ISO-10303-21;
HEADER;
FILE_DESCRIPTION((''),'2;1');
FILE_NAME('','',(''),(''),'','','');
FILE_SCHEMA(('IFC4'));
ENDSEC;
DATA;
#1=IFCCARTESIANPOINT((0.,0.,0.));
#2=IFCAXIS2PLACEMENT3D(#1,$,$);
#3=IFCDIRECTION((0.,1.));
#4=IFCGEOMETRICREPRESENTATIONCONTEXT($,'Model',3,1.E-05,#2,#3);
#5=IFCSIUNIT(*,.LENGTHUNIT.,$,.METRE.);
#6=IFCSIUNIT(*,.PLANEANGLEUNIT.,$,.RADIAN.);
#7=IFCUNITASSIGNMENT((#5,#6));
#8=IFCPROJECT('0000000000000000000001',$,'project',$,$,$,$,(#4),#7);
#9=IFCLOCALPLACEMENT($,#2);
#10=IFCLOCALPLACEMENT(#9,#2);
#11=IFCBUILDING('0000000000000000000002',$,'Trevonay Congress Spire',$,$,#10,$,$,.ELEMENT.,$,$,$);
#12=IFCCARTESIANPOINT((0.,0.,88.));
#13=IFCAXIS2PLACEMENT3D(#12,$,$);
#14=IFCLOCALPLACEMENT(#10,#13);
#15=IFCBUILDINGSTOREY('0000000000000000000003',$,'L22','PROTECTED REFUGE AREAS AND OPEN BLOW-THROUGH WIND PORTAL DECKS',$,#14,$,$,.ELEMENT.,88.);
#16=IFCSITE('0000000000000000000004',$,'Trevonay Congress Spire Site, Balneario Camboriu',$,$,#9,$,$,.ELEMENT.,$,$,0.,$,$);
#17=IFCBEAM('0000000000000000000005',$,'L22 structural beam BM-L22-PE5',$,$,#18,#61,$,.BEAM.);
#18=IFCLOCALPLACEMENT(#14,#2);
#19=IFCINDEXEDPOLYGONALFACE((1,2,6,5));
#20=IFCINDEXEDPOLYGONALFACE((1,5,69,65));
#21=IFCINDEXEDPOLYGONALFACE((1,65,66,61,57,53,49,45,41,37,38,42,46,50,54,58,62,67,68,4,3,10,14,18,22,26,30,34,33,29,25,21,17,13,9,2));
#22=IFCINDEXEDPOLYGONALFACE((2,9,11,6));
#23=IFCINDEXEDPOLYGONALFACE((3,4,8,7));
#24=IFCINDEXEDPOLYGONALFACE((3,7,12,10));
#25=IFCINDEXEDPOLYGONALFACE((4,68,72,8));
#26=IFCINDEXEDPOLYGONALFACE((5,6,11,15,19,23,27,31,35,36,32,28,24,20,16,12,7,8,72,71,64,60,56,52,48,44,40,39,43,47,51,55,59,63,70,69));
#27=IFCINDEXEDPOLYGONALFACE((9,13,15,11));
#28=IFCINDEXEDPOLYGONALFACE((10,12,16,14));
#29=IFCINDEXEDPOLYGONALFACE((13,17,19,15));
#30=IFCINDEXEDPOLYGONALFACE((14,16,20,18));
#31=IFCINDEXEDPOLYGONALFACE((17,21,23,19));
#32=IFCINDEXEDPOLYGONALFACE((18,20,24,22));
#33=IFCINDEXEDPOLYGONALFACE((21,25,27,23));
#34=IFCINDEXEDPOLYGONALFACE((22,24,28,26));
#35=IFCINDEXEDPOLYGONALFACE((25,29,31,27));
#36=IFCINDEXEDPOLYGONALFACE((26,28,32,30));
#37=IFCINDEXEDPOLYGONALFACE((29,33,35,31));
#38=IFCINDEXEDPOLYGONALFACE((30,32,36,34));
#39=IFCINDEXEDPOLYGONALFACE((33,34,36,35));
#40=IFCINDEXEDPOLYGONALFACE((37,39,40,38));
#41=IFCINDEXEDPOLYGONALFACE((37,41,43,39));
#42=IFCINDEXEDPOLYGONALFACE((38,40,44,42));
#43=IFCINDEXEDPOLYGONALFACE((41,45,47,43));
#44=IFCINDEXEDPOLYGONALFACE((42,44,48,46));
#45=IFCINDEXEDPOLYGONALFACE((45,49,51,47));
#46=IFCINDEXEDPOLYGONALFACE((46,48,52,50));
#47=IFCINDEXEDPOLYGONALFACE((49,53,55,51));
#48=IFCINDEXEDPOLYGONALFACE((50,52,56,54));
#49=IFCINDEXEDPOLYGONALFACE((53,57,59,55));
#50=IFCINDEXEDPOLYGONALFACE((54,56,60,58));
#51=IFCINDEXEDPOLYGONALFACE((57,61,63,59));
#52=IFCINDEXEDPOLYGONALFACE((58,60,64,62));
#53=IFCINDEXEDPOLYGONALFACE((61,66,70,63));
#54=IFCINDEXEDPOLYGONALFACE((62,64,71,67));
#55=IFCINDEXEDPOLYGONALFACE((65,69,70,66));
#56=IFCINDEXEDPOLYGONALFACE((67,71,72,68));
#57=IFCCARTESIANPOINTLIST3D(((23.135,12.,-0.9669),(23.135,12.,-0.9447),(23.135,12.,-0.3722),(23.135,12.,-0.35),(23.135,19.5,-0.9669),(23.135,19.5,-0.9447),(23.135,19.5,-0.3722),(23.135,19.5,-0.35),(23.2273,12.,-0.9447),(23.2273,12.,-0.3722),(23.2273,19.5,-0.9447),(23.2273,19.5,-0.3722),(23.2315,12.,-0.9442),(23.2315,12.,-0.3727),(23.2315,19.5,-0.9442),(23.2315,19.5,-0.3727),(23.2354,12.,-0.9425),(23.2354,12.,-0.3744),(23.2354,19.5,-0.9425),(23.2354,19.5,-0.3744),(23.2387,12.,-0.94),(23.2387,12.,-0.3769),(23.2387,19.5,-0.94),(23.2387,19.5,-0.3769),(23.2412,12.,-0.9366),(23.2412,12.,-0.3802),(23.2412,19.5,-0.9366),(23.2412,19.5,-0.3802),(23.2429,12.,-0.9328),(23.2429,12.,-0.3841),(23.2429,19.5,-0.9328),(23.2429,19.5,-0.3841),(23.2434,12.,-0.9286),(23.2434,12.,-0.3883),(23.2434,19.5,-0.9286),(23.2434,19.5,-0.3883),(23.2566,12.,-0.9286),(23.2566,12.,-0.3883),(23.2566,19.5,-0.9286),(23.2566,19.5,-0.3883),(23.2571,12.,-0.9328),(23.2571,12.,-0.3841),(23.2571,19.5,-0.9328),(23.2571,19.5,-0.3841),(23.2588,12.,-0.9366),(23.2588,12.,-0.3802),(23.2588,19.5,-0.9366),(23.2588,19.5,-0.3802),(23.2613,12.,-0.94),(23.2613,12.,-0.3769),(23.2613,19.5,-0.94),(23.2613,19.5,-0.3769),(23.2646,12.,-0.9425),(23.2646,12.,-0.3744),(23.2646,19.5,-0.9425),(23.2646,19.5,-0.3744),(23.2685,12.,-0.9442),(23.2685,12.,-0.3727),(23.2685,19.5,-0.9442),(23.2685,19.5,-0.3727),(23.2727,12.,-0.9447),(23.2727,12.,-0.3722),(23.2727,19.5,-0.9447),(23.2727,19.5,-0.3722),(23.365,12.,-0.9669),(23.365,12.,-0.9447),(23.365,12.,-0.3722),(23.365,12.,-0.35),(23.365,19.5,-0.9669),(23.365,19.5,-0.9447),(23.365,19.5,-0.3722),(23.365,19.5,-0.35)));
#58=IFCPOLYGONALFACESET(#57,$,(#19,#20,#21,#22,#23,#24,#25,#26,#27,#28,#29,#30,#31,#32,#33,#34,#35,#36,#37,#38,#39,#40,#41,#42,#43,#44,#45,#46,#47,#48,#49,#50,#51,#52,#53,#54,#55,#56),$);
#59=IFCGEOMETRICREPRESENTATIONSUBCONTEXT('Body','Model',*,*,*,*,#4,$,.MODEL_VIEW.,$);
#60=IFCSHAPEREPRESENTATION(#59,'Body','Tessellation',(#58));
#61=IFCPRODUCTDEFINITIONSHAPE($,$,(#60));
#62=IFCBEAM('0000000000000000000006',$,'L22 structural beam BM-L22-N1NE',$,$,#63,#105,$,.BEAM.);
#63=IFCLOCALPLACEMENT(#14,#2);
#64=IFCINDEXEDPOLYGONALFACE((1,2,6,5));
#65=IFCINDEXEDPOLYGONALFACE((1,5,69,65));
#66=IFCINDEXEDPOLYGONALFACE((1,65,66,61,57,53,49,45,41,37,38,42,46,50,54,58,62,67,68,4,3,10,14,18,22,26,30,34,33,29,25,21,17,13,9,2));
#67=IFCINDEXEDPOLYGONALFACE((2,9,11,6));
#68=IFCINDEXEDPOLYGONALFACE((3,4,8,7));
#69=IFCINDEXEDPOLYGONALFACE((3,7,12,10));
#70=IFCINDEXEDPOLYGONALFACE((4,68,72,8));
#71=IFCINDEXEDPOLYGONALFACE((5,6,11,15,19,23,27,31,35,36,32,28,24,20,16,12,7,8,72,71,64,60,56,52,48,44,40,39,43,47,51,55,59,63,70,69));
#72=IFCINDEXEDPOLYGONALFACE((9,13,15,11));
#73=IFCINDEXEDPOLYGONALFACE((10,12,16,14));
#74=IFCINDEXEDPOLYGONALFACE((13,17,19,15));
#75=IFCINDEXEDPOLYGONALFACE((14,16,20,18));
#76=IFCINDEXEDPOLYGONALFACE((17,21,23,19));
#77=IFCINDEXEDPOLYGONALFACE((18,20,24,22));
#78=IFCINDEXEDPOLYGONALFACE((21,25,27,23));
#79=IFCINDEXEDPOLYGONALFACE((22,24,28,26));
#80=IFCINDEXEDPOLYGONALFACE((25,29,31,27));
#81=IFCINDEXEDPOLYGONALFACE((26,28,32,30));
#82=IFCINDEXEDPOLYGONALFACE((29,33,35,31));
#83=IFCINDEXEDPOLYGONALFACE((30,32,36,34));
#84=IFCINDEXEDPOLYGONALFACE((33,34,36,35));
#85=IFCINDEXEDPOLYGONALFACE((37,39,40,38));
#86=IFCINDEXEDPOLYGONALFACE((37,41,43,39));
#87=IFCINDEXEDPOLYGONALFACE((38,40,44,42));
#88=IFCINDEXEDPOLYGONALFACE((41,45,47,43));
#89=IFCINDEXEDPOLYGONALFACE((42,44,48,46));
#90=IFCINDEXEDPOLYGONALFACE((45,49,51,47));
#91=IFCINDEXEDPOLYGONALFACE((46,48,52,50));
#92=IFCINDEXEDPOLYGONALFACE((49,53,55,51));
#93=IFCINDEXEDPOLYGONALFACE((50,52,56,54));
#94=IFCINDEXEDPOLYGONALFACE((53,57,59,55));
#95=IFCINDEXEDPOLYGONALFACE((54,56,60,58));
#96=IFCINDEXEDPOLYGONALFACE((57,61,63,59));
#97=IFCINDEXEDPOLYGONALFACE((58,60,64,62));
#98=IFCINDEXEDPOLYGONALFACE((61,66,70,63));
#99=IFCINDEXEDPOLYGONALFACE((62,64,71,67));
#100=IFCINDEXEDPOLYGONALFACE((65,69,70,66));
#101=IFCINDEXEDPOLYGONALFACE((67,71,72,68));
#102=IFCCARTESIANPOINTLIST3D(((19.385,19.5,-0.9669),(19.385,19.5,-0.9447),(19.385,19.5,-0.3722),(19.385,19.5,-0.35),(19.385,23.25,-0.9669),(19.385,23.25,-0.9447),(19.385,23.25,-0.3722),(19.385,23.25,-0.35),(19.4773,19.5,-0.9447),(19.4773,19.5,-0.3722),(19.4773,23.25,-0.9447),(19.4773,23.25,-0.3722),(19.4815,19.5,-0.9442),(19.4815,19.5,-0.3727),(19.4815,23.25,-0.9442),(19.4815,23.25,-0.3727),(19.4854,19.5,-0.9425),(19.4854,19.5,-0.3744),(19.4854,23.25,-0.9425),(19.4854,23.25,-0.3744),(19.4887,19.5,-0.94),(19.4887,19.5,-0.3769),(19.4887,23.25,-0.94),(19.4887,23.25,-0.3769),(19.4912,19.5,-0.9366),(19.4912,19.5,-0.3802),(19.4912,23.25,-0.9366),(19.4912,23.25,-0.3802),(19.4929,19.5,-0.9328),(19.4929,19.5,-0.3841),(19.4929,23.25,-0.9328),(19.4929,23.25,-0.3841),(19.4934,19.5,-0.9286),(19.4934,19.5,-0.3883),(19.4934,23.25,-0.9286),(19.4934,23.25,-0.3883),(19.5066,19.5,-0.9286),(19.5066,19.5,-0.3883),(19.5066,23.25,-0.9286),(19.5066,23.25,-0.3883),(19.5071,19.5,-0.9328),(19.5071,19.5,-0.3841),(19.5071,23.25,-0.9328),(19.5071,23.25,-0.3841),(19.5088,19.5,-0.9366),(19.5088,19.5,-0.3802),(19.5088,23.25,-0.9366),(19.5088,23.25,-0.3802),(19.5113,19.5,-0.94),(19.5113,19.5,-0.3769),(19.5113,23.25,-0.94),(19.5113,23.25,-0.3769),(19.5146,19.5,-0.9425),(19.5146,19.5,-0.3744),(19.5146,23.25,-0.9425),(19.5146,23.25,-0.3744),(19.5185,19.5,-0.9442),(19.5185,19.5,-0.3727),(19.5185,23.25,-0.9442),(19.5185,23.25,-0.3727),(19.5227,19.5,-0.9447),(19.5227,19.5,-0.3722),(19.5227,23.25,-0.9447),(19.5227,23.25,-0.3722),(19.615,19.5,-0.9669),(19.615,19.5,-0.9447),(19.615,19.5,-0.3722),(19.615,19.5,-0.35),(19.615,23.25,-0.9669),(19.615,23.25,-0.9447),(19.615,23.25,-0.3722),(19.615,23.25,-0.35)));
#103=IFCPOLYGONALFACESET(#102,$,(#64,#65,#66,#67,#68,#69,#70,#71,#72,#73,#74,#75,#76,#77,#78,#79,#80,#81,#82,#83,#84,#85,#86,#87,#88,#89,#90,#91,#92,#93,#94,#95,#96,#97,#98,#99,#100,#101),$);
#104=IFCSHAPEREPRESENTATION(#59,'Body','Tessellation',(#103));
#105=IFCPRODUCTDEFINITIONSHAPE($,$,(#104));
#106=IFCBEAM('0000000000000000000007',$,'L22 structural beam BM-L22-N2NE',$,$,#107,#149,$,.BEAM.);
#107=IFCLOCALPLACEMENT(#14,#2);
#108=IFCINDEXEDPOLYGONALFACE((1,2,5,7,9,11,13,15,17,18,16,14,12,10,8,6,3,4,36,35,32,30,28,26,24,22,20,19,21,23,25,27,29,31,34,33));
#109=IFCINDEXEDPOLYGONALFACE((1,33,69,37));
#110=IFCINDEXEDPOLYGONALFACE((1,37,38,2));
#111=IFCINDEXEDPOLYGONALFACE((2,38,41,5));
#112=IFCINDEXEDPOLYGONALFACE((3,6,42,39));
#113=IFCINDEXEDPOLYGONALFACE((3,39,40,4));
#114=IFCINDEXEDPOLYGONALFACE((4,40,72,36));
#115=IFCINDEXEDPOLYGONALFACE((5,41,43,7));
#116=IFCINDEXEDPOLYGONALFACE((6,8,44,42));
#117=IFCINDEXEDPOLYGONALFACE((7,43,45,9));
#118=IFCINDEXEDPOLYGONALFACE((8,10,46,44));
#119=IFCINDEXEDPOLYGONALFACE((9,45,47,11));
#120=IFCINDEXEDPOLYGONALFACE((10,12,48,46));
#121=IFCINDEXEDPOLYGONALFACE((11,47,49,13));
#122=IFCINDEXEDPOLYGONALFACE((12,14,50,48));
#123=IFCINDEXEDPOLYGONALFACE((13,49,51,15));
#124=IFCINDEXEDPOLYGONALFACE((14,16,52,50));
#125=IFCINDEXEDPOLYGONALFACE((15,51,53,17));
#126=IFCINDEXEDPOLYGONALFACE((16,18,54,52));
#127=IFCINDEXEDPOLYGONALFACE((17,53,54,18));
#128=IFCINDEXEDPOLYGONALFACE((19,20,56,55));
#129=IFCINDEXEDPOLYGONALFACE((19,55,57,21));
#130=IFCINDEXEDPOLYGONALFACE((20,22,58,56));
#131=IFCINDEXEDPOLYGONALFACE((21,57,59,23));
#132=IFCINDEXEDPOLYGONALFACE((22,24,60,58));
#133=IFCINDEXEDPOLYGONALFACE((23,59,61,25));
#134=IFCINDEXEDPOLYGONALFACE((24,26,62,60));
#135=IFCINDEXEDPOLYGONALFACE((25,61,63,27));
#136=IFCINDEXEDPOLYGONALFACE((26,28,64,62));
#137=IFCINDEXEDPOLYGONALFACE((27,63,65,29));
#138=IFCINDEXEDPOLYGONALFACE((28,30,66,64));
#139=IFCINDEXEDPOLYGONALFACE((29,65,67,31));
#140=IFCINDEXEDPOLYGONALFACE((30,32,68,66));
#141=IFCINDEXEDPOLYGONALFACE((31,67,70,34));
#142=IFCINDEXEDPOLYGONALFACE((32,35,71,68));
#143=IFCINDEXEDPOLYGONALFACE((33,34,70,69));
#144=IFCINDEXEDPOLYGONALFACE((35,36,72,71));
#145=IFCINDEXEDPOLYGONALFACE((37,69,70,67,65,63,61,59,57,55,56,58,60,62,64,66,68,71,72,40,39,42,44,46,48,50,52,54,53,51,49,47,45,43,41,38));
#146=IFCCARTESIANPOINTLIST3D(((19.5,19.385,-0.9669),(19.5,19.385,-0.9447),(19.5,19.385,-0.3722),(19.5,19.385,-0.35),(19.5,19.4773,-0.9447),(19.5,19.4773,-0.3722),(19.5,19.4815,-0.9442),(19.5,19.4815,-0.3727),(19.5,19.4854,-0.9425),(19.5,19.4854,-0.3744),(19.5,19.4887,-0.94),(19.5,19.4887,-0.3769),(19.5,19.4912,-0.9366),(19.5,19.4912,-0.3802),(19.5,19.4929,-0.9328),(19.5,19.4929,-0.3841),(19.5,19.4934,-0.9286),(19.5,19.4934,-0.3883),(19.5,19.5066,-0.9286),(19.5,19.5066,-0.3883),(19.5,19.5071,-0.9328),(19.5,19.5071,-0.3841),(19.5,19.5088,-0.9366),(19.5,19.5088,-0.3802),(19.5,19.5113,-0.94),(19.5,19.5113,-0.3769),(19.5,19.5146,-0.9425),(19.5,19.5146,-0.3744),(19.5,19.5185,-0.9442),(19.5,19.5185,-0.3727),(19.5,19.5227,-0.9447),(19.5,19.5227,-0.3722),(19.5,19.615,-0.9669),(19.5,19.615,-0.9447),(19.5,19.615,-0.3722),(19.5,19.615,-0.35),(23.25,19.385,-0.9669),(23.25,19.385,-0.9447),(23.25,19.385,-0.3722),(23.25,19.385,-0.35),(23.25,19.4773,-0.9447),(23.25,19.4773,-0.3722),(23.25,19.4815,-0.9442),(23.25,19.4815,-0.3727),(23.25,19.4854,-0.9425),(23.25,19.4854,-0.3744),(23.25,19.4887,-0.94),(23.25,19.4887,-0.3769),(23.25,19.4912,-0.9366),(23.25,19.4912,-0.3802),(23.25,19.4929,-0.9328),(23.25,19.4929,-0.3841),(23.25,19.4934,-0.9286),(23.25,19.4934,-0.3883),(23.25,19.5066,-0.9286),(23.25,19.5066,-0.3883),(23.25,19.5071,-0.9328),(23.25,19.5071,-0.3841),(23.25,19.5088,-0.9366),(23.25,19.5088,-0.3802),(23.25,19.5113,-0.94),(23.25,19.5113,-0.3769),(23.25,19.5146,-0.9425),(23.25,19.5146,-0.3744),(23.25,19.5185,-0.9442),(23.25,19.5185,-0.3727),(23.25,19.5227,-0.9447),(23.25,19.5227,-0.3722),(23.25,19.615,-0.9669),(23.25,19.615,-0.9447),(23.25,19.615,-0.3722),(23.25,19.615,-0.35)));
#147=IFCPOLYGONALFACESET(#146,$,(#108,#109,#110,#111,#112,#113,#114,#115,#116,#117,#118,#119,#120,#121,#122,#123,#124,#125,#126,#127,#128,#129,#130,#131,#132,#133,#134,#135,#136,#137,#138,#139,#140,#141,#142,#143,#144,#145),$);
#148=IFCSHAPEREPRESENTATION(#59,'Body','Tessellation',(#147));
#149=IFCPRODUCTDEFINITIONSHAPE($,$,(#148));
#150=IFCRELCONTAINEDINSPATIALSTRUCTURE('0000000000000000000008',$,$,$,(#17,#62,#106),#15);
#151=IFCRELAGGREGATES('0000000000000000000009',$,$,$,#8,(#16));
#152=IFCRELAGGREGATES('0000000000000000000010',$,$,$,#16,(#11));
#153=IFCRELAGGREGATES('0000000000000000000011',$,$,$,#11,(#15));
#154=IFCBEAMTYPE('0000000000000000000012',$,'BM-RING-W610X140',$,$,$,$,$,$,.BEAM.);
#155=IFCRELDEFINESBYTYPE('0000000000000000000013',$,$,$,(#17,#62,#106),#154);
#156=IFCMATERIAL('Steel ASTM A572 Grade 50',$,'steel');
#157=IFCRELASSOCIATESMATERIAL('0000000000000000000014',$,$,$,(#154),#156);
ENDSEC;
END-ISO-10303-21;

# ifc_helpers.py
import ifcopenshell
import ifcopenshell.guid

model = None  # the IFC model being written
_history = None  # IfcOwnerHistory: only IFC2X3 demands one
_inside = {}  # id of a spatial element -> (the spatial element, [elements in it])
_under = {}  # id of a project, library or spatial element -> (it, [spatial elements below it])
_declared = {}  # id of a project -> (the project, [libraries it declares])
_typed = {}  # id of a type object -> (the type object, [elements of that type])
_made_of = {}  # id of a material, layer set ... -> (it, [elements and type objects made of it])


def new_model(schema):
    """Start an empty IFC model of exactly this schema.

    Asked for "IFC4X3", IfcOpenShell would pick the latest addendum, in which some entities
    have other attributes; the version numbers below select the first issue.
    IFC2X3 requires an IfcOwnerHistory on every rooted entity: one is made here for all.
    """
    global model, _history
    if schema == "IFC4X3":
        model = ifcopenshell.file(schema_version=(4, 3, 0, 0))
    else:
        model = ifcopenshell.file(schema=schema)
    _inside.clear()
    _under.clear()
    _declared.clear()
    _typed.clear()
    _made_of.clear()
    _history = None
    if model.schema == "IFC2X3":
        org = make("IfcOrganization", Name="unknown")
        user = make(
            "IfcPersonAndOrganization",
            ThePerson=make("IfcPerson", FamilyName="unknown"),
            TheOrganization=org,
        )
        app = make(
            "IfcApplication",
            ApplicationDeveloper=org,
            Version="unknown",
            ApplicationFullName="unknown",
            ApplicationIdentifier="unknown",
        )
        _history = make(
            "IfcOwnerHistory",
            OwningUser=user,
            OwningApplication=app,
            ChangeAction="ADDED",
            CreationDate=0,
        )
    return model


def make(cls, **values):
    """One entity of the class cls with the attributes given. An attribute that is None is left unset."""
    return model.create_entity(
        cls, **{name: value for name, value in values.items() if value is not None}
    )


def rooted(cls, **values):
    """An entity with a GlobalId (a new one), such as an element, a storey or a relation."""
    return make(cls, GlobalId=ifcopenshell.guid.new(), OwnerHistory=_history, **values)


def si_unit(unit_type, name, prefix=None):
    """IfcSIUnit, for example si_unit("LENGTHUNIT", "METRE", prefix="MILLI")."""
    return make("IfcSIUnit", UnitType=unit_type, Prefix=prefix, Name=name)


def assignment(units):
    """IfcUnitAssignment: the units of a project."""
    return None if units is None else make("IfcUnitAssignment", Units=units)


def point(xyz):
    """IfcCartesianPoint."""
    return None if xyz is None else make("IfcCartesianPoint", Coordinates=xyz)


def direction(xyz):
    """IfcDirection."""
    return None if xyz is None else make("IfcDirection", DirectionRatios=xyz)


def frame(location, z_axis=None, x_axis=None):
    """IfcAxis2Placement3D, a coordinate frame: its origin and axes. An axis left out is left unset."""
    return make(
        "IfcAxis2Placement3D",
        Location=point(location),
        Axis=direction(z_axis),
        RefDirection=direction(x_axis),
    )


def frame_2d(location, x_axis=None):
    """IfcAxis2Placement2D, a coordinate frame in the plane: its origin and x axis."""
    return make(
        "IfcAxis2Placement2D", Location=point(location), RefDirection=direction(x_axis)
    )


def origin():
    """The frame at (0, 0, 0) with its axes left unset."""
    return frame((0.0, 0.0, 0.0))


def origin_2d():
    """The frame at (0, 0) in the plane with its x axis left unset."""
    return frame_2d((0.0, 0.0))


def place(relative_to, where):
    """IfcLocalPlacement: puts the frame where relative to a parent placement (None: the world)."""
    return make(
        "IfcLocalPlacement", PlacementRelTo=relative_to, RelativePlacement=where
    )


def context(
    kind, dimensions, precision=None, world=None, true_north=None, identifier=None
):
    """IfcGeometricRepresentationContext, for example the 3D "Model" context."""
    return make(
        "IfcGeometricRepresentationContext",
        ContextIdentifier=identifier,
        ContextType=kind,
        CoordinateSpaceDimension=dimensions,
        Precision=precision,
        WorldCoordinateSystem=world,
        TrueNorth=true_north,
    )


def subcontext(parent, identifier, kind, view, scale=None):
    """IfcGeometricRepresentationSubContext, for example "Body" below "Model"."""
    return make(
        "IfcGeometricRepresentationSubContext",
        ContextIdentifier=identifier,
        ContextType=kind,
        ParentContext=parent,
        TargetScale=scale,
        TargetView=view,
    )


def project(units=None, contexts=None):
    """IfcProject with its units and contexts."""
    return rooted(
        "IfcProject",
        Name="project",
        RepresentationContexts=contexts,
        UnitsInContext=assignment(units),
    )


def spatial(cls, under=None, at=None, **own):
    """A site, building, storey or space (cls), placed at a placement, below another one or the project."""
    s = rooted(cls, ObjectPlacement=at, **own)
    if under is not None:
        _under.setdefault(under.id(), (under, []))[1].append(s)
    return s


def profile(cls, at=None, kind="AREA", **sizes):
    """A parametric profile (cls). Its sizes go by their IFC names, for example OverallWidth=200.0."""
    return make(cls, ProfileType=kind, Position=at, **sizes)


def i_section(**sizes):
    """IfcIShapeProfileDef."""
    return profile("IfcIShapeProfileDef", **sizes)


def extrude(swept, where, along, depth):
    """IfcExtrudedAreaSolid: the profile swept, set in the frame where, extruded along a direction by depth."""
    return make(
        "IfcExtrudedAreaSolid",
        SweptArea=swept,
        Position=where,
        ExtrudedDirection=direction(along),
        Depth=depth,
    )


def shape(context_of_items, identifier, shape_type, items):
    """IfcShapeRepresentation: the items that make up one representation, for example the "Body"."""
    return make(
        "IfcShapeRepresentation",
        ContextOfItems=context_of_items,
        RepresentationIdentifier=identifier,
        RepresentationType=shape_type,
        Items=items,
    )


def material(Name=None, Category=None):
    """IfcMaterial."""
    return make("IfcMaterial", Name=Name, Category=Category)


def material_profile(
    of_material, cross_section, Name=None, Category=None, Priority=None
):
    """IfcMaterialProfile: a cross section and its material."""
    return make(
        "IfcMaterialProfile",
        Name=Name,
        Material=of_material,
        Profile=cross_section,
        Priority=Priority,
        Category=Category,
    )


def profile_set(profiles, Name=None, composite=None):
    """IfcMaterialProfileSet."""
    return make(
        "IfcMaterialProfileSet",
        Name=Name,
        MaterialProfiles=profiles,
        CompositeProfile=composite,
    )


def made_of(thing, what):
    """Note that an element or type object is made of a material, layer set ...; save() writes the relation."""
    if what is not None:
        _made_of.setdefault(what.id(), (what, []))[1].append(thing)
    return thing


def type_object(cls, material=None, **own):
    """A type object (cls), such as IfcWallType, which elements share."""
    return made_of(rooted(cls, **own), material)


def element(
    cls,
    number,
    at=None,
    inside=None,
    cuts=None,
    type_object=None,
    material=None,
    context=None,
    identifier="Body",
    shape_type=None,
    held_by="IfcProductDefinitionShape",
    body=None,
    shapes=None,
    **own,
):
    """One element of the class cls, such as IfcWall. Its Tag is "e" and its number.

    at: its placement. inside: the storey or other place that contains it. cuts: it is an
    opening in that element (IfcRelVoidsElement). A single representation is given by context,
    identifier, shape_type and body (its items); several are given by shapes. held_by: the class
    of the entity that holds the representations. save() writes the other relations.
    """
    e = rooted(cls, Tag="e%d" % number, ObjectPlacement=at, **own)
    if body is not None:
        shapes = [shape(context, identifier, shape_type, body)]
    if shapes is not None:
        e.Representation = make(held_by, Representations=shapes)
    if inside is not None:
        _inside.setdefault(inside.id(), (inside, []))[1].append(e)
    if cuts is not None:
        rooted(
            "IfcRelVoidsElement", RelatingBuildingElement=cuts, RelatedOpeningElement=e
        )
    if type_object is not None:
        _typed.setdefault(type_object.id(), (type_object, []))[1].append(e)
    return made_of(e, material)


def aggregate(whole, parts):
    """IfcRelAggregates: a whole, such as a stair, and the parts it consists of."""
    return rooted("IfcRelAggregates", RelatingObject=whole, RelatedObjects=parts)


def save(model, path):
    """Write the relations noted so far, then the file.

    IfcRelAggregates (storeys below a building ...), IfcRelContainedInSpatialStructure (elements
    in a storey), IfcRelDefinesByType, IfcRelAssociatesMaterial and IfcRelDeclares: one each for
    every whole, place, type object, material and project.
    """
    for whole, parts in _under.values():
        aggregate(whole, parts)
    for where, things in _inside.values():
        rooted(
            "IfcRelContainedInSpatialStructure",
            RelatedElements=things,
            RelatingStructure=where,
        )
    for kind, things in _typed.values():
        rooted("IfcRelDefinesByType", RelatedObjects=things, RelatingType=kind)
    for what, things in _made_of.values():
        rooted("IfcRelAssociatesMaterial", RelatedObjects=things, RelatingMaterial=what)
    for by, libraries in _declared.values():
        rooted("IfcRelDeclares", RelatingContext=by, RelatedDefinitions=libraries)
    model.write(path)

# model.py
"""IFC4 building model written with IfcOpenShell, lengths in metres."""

from ifc_helpers import new_model, si_unit, direction, frame, origin, origin_2d, place, context, subcontext, project, spatial, i_section, extrude, material, material_profile, profile_set, type_object, element, save


model = new_model("IFC4")

# Units and contexts
model_context = context("Model", 3, precision=1e-05, world=origin(), true_north=direction((0.0, 1.0)))
body_context = subcontext(model_context, "Body", "Model", "MODEL_VIEW")
ifc_project = project(units=[si_unit("LENGTHUNIT", "METRE"), si_unit("PLANEANGLEUNIT", "RADIAN")], contexts=[model_context])

# Site, building, storey
site_placement = place(None, origin())
site = spatial("IfcSite", under=ifc_project, at=site_placement, Name="Trevonay Congress Spire Site, Balneario Camboriu", CompositionType="ELEMENT", RefElevation=0.0)
building_placement = place(site_placement, origin())
building = spatial("IfcBuilding", under=site, at=building_placement, Name="Trevonay Congress Spire", CompositionType="ELEMENT")
storey_placement = place(building_placement, frame((0.0, 0.0, 88.0)))
storey = spatial("IfcBuildingStorey", under=building, at=storey_placement, Name="L22", Description="PROTECTED REFUGE AREAS AND OPEN BLOW-THROUGH WIND PORTAL DECKS", CompositionType="ELEMENT", Elevation=88.0)

# Shared definitions
ifc_material_1 = material(Name="Steel ASTM A572 Grade 50", Category="steel")

# Beams
ifc_material_profile_1 = material_profile(ifc_material_1, i_section(OverallWidth=0.23, OverallDepth=0.6169, WebThickness=0.0132, FlangeThickness=0.0222, FilletRadius=0.0161, at=origin_2d()), Name="W610x140")
ifc_profile_set_1 = profile_set([ifc_material_profile_1], Name="Steel ASTM A572 Grade 50")
beam_type_1 = type_object("IfcBeamType", Name="BM-RING-W610X140", PredefinedType="BEAM", material=ifc_profile_set_1)
for number, where, z_axis, x_axis, name in (
    (1, (23.25, 12.0, -0.6584), (0.0, 1.0, 0.0), (-1.0, 0.0, 0.0), "L22 structural beam BM-L22-PE5"),
):
    element("IfcBeam", number, at=place(storey_placement, frame(where, z_axis=z_axis, x_axis=x_axis)), inside=storey, type_object=beam_type_1, Name=name, PredefinedType="BEAM", context=body_context, shape_type="SweptSolid", body=[
        extrude(i_section(OverallWidth=0.23, OverallDepth=0.6169, WebThickness=0.0132, FlangeThickness=0.0222, FilletRadius=0.0161, at=origin_2d()), origin(), (0.0, 0.0, 1.0), 7.5),
    ])
for number, where, z_axis, x_axis, name in (
    (2, (19.5, 23.25, -0.6584), (0.0, -1.0, 0.0), (1.0, 0.0, 0.0), "L22 structural beam BM-L22-N1NE"),
    (3, (23.25, 19.5, -0.6584), (-1.0, 0.0, 0.0), (0.0, -1.0, 0.0), "L22 structural beam BM-L22-N2NE"),
):
    element("IfcBeam", number, at=place(storey_placement, frame(where, z_axis=z_axis, x_axis=x_axis)), inside=storey, type_object=beam_type_1, Name=name, PredefinedType="BEAM", context=body_context, shape_type="SweptSolid", body=[
        extrude(i_section(OverallWidth=0.23, OverallDepth=0.6169, WebThickness=0.0132, FlangeThickness=0.0222, FilletRadius=0.0161, at=origin_2d()), origin(), (0.0, 0.0, 1.0), 3.75),
    ])

save(model, "model.ifc")
